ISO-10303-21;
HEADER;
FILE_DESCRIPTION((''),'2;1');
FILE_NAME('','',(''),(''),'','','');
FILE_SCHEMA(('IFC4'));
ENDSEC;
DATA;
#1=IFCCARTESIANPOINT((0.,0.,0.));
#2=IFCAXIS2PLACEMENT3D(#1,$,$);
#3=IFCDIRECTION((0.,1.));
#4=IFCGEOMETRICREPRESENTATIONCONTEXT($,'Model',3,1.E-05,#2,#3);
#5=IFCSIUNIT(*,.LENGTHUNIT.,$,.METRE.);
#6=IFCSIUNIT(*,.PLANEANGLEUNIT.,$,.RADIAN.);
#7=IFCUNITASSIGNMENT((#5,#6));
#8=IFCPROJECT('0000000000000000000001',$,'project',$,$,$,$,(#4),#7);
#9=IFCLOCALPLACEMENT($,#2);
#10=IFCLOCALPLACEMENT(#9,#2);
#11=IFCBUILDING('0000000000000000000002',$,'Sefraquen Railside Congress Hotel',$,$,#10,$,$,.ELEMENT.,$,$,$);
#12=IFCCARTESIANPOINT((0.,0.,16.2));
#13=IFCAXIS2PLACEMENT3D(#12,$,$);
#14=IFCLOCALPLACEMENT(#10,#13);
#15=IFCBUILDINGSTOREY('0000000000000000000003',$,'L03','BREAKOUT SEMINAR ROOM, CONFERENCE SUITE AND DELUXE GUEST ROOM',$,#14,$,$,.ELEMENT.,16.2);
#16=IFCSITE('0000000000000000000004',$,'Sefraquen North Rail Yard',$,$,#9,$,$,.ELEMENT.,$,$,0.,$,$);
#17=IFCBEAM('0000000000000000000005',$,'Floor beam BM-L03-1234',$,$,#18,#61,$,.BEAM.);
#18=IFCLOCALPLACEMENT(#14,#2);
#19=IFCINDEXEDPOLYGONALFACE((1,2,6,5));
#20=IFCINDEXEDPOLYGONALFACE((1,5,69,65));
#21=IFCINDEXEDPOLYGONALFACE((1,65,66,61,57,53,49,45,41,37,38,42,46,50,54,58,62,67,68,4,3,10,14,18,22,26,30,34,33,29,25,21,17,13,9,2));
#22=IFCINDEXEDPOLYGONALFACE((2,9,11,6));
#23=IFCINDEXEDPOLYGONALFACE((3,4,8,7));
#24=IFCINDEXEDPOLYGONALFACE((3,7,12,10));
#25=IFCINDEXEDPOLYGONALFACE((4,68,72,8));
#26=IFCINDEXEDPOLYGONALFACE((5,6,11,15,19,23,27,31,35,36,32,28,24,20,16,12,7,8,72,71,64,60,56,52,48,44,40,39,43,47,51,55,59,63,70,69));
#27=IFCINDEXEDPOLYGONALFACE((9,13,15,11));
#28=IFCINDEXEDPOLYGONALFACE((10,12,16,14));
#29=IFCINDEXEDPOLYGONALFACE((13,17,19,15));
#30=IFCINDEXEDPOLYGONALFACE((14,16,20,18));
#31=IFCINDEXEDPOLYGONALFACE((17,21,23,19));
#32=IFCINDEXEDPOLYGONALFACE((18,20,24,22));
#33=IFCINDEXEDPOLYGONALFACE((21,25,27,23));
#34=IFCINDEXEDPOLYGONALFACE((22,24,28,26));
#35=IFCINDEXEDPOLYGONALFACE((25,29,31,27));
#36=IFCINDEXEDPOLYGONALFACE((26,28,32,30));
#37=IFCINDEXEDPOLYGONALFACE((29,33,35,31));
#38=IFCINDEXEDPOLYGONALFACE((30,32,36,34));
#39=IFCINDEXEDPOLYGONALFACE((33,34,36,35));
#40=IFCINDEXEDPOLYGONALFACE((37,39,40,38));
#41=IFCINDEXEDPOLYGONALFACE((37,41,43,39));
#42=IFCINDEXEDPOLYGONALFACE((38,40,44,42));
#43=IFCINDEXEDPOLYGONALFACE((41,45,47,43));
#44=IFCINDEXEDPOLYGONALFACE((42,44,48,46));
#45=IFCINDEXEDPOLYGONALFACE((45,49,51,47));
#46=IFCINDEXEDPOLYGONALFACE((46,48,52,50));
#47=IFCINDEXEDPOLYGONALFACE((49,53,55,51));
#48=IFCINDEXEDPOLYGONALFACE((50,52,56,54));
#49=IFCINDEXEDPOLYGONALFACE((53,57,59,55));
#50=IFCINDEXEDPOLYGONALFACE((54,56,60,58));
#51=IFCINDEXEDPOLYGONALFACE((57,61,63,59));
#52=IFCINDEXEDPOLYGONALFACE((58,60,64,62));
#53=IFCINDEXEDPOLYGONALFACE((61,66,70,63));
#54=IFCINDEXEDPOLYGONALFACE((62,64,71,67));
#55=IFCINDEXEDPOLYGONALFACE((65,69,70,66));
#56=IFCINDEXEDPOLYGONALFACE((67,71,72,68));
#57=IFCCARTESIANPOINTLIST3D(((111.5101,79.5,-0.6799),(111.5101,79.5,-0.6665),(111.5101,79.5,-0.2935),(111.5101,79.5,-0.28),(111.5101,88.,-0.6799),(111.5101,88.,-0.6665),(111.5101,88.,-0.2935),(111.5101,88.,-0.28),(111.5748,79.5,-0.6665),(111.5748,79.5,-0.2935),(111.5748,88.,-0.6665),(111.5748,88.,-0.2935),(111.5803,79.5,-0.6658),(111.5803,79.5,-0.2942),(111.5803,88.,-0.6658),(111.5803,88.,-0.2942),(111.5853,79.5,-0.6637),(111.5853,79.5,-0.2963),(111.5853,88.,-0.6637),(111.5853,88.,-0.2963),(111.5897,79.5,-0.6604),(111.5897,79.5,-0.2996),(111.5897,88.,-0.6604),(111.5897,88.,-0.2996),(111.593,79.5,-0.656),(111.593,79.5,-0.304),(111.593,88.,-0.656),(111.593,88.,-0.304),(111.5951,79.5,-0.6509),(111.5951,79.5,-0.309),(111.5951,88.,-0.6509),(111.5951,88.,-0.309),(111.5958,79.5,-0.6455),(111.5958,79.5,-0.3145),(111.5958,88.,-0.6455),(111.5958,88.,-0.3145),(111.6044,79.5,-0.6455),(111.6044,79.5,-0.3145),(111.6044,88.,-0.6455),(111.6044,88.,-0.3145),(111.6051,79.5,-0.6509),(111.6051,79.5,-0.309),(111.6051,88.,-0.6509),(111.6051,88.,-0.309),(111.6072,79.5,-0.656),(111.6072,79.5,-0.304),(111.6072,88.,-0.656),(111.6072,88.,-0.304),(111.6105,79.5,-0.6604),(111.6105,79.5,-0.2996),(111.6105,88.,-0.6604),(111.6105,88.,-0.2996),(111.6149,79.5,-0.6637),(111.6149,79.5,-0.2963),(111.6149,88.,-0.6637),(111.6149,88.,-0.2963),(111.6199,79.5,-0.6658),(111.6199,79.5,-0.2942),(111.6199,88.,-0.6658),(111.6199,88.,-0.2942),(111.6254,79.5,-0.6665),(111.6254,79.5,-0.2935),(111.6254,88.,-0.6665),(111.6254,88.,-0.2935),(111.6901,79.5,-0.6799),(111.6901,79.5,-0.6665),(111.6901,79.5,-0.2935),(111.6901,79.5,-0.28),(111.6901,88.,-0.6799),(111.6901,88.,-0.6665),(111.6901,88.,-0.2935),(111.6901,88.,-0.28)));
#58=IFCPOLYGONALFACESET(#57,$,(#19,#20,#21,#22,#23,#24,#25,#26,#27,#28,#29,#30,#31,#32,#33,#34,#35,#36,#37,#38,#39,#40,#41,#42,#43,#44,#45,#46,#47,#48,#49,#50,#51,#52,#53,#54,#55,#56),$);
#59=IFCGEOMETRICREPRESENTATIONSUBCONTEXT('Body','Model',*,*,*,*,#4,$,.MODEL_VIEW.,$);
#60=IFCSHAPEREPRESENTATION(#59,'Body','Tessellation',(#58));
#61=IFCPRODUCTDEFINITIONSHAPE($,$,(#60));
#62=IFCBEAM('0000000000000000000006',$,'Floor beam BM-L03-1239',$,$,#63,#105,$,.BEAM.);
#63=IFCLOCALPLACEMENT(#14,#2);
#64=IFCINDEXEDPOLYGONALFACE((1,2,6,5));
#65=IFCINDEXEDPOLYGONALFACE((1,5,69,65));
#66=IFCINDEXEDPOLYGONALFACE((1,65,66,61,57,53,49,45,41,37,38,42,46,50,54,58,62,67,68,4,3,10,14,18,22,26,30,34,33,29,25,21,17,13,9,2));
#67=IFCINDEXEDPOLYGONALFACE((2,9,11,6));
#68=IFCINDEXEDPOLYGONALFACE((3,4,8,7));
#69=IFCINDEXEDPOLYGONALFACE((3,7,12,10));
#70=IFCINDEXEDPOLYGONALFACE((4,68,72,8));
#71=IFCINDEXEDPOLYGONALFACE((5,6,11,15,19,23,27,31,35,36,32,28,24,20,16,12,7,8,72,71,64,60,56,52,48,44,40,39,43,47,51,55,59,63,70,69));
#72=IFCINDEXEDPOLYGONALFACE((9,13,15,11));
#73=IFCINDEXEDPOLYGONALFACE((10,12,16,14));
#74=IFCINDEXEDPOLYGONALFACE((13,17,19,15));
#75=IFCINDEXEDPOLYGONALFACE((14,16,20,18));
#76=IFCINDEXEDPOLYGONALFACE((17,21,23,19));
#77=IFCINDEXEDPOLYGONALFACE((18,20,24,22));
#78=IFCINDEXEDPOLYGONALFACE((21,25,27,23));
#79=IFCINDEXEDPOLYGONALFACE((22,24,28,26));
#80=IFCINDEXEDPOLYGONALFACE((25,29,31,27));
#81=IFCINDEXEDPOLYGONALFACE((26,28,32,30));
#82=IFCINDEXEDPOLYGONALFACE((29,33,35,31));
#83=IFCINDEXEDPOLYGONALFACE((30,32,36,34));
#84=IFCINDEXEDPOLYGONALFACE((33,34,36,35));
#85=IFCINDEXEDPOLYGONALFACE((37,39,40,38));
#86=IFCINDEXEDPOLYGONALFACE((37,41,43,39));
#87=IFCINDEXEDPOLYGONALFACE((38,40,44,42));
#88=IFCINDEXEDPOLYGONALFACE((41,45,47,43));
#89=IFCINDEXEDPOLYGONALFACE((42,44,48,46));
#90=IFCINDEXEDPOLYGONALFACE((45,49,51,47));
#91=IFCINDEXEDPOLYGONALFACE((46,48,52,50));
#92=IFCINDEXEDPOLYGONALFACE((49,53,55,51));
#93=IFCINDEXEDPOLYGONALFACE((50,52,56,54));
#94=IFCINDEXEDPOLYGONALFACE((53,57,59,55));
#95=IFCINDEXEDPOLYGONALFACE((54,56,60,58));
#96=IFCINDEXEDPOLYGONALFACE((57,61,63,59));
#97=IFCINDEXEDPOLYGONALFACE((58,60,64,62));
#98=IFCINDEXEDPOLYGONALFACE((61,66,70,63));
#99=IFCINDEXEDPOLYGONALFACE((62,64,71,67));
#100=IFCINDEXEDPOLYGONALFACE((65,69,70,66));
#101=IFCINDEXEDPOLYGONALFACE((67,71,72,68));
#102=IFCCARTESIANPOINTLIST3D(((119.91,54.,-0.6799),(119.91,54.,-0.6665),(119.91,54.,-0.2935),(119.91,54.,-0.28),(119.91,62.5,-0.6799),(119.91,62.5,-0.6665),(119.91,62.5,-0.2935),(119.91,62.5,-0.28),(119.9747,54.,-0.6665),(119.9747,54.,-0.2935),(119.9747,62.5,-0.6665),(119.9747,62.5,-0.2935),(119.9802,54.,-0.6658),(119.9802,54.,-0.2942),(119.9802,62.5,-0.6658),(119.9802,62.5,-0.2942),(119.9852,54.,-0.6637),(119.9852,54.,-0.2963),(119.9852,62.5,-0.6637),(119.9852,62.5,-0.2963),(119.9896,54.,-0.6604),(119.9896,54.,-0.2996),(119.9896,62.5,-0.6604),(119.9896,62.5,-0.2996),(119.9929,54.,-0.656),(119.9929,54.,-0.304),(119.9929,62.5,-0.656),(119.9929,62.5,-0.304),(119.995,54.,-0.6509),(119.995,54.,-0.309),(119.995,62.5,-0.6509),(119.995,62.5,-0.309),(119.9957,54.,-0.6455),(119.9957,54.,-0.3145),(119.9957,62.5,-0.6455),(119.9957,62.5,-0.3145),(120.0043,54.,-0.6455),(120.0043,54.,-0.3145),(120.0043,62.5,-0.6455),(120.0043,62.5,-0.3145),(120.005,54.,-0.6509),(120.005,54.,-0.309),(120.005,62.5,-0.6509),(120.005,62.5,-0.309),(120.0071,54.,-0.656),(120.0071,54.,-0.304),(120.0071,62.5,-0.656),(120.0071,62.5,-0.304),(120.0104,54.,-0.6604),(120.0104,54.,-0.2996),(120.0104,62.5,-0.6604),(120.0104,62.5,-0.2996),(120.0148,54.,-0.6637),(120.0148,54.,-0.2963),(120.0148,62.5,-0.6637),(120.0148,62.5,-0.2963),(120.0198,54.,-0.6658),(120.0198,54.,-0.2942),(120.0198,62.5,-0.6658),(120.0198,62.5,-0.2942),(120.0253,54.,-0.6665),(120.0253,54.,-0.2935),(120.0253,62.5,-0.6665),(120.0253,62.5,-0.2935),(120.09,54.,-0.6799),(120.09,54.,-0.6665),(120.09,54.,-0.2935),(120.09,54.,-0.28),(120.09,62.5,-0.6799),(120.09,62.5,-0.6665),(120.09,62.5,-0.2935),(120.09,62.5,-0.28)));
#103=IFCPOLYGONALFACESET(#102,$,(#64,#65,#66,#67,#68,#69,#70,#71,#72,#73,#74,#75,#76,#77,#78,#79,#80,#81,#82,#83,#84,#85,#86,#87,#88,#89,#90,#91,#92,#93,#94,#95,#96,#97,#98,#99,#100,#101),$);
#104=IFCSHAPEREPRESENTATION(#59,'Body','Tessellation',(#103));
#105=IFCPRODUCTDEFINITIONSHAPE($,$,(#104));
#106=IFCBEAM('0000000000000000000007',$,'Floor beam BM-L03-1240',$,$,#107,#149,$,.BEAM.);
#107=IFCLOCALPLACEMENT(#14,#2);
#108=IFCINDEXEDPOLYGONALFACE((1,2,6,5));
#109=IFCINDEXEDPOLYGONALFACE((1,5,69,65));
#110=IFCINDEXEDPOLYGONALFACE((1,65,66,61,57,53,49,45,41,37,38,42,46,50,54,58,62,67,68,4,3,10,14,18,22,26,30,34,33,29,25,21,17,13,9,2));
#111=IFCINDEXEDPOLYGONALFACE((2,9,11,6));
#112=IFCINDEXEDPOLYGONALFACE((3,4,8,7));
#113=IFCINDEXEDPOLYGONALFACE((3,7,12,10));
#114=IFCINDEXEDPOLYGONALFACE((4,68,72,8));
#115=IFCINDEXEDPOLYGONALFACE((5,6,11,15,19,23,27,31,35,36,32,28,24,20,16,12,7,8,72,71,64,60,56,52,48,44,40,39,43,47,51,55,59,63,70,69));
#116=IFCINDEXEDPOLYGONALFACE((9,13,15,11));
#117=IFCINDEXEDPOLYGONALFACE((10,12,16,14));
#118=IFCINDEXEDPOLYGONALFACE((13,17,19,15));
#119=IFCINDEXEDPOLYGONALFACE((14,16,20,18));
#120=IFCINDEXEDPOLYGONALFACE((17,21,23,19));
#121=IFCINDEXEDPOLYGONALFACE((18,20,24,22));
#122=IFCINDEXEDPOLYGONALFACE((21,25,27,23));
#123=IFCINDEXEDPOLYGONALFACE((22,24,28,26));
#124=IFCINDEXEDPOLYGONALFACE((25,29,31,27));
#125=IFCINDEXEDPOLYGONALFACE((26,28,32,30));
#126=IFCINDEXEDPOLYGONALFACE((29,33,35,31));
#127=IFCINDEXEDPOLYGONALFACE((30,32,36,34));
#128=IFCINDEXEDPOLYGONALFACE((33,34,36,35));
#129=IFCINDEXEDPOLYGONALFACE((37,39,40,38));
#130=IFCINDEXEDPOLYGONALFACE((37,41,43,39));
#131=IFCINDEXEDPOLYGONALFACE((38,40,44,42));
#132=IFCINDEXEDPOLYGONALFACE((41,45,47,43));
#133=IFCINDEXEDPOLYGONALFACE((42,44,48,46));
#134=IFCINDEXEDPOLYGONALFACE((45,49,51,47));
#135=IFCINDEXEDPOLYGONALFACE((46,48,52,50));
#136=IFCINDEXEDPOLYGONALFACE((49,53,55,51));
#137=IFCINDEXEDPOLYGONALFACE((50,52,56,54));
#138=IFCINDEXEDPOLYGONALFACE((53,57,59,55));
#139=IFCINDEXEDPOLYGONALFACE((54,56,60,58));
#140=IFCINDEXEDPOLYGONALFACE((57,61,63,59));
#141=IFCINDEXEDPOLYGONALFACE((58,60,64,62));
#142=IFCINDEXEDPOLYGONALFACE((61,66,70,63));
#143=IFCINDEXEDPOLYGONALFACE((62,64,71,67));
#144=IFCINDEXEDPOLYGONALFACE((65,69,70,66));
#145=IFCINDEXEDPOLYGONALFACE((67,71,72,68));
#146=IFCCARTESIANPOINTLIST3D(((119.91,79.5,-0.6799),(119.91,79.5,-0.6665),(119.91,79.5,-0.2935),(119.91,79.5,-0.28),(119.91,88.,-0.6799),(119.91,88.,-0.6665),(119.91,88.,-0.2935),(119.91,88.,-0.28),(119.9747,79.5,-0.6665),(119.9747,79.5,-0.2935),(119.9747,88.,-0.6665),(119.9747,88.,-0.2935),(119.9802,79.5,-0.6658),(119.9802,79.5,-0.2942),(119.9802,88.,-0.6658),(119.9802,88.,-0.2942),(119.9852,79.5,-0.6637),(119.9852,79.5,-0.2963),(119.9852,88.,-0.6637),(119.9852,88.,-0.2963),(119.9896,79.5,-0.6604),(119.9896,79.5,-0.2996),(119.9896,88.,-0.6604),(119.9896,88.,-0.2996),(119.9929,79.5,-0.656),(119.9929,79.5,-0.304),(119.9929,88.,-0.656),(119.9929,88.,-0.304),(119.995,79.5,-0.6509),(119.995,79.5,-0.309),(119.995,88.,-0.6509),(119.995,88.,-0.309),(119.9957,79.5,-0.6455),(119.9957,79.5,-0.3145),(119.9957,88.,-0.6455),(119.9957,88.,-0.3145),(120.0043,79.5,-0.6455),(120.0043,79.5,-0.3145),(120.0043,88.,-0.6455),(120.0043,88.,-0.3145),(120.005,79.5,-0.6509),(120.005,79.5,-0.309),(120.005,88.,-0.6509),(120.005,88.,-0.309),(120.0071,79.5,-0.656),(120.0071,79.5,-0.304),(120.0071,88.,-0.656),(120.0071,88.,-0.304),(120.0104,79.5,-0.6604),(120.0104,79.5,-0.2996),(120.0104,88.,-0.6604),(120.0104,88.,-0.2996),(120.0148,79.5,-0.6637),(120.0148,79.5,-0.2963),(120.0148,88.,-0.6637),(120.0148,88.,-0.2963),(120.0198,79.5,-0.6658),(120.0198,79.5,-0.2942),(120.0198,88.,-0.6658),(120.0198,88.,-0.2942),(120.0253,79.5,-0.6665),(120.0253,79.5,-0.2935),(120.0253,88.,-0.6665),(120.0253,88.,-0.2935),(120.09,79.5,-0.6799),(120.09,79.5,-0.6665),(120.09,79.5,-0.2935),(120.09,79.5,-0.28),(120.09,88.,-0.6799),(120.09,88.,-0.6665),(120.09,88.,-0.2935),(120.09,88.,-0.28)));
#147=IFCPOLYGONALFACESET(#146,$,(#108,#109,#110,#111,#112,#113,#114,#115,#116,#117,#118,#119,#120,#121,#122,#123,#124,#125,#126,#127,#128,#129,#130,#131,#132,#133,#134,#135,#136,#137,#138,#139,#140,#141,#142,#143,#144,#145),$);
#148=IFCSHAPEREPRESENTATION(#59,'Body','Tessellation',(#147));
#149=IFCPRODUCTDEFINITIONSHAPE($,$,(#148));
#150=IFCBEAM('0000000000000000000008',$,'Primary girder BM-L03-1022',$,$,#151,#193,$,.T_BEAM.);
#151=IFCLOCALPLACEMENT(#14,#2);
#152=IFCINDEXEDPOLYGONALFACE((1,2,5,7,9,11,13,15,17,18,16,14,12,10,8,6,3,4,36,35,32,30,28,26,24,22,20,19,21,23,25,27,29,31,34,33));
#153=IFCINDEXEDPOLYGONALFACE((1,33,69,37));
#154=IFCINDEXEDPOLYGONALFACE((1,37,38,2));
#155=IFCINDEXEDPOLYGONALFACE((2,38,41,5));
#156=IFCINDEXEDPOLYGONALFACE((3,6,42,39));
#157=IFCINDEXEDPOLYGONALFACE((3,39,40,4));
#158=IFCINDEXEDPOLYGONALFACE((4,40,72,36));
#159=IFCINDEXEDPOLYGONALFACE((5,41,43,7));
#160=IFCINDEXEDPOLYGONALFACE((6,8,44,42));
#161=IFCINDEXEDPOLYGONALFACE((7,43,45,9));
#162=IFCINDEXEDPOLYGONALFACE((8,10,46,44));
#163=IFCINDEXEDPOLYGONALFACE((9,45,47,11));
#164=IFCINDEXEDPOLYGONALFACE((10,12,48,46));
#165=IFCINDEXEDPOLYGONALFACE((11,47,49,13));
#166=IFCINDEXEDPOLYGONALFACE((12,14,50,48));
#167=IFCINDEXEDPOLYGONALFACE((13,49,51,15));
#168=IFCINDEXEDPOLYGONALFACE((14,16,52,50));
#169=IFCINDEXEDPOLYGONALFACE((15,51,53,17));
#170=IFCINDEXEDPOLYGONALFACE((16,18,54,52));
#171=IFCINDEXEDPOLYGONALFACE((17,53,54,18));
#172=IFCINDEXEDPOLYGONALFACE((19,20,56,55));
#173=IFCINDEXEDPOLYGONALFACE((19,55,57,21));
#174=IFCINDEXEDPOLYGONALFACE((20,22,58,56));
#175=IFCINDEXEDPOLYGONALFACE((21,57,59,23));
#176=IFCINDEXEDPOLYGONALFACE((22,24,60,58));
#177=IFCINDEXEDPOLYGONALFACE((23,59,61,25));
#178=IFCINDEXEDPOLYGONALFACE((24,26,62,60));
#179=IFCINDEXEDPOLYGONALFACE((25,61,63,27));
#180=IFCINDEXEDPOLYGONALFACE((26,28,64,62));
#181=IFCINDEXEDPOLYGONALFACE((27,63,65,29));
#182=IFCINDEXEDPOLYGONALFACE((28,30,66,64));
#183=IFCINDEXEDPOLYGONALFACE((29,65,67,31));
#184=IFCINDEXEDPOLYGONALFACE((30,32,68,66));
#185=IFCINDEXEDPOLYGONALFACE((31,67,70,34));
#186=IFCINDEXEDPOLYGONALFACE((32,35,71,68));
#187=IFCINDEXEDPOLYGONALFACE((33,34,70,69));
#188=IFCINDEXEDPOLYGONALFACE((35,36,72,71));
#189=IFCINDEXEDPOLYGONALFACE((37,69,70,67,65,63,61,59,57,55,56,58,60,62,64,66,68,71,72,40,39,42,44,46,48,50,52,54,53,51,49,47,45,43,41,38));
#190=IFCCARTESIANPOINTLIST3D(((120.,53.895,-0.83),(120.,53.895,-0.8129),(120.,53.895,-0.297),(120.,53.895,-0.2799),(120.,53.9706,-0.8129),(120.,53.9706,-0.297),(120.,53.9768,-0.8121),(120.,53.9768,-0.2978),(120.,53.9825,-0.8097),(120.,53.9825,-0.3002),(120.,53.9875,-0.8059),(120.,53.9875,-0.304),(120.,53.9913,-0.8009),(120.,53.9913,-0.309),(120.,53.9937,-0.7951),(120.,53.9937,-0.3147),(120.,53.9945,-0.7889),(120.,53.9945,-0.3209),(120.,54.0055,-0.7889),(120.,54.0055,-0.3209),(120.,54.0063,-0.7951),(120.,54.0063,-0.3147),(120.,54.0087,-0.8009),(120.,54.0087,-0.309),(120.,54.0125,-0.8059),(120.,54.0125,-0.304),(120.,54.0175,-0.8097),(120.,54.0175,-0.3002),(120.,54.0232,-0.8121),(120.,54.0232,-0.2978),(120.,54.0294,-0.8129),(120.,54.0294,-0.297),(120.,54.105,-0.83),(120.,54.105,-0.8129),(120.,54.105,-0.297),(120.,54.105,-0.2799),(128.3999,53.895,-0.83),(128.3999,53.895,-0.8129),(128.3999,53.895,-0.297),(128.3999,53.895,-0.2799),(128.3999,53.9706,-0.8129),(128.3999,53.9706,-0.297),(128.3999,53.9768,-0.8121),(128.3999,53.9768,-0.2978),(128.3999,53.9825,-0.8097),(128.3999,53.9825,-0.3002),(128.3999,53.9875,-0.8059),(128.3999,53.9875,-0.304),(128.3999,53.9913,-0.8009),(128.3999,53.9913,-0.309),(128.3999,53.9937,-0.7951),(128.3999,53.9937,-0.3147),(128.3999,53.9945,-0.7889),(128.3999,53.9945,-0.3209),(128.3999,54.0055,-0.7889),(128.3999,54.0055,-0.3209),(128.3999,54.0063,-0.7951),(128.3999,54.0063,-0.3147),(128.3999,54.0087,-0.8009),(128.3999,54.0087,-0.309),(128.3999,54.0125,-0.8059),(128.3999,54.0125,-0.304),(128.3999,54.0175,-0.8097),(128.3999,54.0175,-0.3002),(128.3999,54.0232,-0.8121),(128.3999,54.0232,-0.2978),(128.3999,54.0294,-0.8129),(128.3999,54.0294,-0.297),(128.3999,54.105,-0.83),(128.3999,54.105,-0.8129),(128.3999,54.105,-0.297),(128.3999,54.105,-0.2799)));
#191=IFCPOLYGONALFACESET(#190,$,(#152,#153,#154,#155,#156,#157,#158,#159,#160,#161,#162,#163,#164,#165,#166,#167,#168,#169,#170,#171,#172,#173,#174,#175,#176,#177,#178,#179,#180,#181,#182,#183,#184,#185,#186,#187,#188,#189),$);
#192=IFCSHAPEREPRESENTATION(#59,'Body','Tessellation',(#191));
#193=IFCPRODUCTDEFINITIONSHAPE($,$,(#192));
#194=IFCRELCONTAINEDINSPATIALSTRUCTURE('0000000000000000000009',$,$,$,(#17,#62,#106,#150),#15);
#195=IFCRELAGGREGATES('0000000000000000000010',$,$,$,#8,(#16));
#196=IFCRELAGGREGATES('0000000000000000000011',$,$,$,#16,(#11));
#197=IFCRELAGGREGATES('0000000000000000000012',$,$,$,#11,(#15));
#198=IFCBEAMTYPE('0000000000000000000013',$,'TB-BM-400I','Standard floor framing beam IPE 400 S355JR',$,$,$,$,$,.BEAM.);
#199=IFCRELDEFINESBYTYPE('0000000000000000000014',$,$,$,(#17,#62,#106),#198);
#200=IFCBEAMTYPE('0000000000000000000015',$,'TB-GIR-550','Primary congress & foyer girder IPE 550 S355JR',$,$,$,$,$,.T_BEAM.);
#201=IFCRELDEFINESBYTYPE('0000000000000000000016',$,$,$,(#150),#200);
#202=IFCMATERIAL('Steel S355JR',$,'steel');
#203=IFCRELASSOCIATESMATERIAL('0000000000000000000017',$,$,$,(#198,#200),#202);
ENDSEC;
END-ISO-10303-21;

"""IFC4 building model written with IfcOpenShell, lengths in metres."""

from ifc_helpers import new_model, si_unit, direction, frame, origin, origin_2d, place, context, subcontext, project, spatial, i_section, extrude, material, material_profile, profile_set, type_object, element, save


model = new_model("IFC4")

# Units and contexts
model_context = context("Model", 3, precision=1e-05, world=origin(), true_north=direction((0.0, 1.0)))
body_context = subcontext(model_context, "Body", "Model", "MODEL_VIEW")
ifc_project = project(units=[si_unit("LENGTHUNIT", "METRE"), si_unit("PLANEANGLEUNIT", "RADIAN")], contexts=[model_context])

# Site, building, storey
site_placement = place(None, origin())
site = spatial("IfcSite", under=ifc_project, at=site_placement, Name="Sefraquen North Rail Yard", CompositionType="ELEMENT", RefElevation=0.0)
building_placement = place(site_placement, origin())
building = spatial("IfcBuilding", under=site, at=building_placement, Name="Sefraquen Railside Congress Hotel", CompositionType="ELEMENT")
storey_placement = place(building_placement, frame((0.0, 0.0, 16.2)))
storey = spatial("IfcBuildingStorey", under=building, at=storey_placement, Name="L03", Description="BREAKOUT SEMINAR ROOM, CONFERENCE SUITE AND DELUXE GUEST ROOM", CompositionType="ELEMENT", Elevation=16.2)

# Shared definitions
ifc_material_1 = material(Name="Steel S355JR", Category="steel")

# Beams
ifc_material_profile_1 = material_profile(ifc_material_1, i_section(OverallWidth=0.1799, OverallDepth=0.3999, WebThickness=0.0085, FlangeThickness=0.0134, FilletRadius=0.021, at=origin_2d()), Name="IPE 400")
ifc_profile_set_1 = profile_set([ifc_material_profile_1], Name="Steel S355JR")
beam_type_1 = type_object("IfcBeamType", Name="TB-BM-400I", Description="Standard floor framing beam IPE 400 S355JR", PredefinedType="BEAM", material=ifc_profile_set_1)
for number, where, z_axis, x_axis, name in (
    (1, (111.6001, 79.5, -0.48), (0.0, 1.0, 0.0), (-1.0, 0.0, 0.0), "Floor beam BM-L03-1234"),
    (2, (120.0, 54.0, -0.48), (0.0, 1.0, 0.0), (-1.0, 0.0, 0.0), "Floor beam BM-L03-1239"),
    (3, (120.0, 79.5, -0.48), (0.0, 1.0, 0.0), (-1.0, 0.0, 0.0), "Floor beam BM-L03-1240"),
):
    element("IfcBeam", number, at=place(storey_placement, frame(where, z_axis=z_axis, x_axis=x_axis)), inside=storey, type_object=beam_type_1, Name=name, PredefinedType="BEAM", context=body_context, shape_type="SweptSolid", body=[
        extrude(i_section(OverallWidth=0.1799, OverallDepth=0.3999, WebThickness=0.0085, FlangeThickness=0.0134, FilletRadius=0.021, at=origin_2d()), origin(), (0.0, 0.0, 1.0), 8.5),
    ])
ifc_material_profile_2 = material_profile(ifc_material_1, i_section(OverallWidth=0.21, OverallDepth=0.55, WebThickness=0.011, FlangeThickness=0.0171, FilletRadius=0.0239, at=origin_2d()), Name="IPE 550")
ifc_profile_set_2 = profile_set([ifc_material_profile_2], Name="Steel S355JR")
beam_type_2 = type_object("IfcBeamType", Name="TB-GIR-550", Description="Primary congress & foyer girder IPE 550 S355JR", PredefinedType="T_BEAM", material=ifc_profile_set_2)
for number, where, z_axis, x_axis, name in (
    (4, (120.0, 54.0, -0.5549), (1.0, 0.0, 0.0), (0.0, 1.0, 0.0), "Primary girder BM-L03-1022"),
):
    element("IfcBeam", number, at=place(storey_placement, frame(where, z_axis=z_axis, x_axis=x_axis)), inside=storey, type_object=beam_type_2, Name=name, PredefinedType="T_BEAM", context=body_context, shape_type="SweptSolid", body=[
        extrude(i_section(OverallWidth=0.21, OverallDepth=0.55, WebThickness=0.011, FlangeThickness=0.0171, FilletRadius=0.0239, at=origin_2d()), origin(), (0.0, 0.0, 1.0), 8.3999),
    ])

save(model, "model.ifc")
